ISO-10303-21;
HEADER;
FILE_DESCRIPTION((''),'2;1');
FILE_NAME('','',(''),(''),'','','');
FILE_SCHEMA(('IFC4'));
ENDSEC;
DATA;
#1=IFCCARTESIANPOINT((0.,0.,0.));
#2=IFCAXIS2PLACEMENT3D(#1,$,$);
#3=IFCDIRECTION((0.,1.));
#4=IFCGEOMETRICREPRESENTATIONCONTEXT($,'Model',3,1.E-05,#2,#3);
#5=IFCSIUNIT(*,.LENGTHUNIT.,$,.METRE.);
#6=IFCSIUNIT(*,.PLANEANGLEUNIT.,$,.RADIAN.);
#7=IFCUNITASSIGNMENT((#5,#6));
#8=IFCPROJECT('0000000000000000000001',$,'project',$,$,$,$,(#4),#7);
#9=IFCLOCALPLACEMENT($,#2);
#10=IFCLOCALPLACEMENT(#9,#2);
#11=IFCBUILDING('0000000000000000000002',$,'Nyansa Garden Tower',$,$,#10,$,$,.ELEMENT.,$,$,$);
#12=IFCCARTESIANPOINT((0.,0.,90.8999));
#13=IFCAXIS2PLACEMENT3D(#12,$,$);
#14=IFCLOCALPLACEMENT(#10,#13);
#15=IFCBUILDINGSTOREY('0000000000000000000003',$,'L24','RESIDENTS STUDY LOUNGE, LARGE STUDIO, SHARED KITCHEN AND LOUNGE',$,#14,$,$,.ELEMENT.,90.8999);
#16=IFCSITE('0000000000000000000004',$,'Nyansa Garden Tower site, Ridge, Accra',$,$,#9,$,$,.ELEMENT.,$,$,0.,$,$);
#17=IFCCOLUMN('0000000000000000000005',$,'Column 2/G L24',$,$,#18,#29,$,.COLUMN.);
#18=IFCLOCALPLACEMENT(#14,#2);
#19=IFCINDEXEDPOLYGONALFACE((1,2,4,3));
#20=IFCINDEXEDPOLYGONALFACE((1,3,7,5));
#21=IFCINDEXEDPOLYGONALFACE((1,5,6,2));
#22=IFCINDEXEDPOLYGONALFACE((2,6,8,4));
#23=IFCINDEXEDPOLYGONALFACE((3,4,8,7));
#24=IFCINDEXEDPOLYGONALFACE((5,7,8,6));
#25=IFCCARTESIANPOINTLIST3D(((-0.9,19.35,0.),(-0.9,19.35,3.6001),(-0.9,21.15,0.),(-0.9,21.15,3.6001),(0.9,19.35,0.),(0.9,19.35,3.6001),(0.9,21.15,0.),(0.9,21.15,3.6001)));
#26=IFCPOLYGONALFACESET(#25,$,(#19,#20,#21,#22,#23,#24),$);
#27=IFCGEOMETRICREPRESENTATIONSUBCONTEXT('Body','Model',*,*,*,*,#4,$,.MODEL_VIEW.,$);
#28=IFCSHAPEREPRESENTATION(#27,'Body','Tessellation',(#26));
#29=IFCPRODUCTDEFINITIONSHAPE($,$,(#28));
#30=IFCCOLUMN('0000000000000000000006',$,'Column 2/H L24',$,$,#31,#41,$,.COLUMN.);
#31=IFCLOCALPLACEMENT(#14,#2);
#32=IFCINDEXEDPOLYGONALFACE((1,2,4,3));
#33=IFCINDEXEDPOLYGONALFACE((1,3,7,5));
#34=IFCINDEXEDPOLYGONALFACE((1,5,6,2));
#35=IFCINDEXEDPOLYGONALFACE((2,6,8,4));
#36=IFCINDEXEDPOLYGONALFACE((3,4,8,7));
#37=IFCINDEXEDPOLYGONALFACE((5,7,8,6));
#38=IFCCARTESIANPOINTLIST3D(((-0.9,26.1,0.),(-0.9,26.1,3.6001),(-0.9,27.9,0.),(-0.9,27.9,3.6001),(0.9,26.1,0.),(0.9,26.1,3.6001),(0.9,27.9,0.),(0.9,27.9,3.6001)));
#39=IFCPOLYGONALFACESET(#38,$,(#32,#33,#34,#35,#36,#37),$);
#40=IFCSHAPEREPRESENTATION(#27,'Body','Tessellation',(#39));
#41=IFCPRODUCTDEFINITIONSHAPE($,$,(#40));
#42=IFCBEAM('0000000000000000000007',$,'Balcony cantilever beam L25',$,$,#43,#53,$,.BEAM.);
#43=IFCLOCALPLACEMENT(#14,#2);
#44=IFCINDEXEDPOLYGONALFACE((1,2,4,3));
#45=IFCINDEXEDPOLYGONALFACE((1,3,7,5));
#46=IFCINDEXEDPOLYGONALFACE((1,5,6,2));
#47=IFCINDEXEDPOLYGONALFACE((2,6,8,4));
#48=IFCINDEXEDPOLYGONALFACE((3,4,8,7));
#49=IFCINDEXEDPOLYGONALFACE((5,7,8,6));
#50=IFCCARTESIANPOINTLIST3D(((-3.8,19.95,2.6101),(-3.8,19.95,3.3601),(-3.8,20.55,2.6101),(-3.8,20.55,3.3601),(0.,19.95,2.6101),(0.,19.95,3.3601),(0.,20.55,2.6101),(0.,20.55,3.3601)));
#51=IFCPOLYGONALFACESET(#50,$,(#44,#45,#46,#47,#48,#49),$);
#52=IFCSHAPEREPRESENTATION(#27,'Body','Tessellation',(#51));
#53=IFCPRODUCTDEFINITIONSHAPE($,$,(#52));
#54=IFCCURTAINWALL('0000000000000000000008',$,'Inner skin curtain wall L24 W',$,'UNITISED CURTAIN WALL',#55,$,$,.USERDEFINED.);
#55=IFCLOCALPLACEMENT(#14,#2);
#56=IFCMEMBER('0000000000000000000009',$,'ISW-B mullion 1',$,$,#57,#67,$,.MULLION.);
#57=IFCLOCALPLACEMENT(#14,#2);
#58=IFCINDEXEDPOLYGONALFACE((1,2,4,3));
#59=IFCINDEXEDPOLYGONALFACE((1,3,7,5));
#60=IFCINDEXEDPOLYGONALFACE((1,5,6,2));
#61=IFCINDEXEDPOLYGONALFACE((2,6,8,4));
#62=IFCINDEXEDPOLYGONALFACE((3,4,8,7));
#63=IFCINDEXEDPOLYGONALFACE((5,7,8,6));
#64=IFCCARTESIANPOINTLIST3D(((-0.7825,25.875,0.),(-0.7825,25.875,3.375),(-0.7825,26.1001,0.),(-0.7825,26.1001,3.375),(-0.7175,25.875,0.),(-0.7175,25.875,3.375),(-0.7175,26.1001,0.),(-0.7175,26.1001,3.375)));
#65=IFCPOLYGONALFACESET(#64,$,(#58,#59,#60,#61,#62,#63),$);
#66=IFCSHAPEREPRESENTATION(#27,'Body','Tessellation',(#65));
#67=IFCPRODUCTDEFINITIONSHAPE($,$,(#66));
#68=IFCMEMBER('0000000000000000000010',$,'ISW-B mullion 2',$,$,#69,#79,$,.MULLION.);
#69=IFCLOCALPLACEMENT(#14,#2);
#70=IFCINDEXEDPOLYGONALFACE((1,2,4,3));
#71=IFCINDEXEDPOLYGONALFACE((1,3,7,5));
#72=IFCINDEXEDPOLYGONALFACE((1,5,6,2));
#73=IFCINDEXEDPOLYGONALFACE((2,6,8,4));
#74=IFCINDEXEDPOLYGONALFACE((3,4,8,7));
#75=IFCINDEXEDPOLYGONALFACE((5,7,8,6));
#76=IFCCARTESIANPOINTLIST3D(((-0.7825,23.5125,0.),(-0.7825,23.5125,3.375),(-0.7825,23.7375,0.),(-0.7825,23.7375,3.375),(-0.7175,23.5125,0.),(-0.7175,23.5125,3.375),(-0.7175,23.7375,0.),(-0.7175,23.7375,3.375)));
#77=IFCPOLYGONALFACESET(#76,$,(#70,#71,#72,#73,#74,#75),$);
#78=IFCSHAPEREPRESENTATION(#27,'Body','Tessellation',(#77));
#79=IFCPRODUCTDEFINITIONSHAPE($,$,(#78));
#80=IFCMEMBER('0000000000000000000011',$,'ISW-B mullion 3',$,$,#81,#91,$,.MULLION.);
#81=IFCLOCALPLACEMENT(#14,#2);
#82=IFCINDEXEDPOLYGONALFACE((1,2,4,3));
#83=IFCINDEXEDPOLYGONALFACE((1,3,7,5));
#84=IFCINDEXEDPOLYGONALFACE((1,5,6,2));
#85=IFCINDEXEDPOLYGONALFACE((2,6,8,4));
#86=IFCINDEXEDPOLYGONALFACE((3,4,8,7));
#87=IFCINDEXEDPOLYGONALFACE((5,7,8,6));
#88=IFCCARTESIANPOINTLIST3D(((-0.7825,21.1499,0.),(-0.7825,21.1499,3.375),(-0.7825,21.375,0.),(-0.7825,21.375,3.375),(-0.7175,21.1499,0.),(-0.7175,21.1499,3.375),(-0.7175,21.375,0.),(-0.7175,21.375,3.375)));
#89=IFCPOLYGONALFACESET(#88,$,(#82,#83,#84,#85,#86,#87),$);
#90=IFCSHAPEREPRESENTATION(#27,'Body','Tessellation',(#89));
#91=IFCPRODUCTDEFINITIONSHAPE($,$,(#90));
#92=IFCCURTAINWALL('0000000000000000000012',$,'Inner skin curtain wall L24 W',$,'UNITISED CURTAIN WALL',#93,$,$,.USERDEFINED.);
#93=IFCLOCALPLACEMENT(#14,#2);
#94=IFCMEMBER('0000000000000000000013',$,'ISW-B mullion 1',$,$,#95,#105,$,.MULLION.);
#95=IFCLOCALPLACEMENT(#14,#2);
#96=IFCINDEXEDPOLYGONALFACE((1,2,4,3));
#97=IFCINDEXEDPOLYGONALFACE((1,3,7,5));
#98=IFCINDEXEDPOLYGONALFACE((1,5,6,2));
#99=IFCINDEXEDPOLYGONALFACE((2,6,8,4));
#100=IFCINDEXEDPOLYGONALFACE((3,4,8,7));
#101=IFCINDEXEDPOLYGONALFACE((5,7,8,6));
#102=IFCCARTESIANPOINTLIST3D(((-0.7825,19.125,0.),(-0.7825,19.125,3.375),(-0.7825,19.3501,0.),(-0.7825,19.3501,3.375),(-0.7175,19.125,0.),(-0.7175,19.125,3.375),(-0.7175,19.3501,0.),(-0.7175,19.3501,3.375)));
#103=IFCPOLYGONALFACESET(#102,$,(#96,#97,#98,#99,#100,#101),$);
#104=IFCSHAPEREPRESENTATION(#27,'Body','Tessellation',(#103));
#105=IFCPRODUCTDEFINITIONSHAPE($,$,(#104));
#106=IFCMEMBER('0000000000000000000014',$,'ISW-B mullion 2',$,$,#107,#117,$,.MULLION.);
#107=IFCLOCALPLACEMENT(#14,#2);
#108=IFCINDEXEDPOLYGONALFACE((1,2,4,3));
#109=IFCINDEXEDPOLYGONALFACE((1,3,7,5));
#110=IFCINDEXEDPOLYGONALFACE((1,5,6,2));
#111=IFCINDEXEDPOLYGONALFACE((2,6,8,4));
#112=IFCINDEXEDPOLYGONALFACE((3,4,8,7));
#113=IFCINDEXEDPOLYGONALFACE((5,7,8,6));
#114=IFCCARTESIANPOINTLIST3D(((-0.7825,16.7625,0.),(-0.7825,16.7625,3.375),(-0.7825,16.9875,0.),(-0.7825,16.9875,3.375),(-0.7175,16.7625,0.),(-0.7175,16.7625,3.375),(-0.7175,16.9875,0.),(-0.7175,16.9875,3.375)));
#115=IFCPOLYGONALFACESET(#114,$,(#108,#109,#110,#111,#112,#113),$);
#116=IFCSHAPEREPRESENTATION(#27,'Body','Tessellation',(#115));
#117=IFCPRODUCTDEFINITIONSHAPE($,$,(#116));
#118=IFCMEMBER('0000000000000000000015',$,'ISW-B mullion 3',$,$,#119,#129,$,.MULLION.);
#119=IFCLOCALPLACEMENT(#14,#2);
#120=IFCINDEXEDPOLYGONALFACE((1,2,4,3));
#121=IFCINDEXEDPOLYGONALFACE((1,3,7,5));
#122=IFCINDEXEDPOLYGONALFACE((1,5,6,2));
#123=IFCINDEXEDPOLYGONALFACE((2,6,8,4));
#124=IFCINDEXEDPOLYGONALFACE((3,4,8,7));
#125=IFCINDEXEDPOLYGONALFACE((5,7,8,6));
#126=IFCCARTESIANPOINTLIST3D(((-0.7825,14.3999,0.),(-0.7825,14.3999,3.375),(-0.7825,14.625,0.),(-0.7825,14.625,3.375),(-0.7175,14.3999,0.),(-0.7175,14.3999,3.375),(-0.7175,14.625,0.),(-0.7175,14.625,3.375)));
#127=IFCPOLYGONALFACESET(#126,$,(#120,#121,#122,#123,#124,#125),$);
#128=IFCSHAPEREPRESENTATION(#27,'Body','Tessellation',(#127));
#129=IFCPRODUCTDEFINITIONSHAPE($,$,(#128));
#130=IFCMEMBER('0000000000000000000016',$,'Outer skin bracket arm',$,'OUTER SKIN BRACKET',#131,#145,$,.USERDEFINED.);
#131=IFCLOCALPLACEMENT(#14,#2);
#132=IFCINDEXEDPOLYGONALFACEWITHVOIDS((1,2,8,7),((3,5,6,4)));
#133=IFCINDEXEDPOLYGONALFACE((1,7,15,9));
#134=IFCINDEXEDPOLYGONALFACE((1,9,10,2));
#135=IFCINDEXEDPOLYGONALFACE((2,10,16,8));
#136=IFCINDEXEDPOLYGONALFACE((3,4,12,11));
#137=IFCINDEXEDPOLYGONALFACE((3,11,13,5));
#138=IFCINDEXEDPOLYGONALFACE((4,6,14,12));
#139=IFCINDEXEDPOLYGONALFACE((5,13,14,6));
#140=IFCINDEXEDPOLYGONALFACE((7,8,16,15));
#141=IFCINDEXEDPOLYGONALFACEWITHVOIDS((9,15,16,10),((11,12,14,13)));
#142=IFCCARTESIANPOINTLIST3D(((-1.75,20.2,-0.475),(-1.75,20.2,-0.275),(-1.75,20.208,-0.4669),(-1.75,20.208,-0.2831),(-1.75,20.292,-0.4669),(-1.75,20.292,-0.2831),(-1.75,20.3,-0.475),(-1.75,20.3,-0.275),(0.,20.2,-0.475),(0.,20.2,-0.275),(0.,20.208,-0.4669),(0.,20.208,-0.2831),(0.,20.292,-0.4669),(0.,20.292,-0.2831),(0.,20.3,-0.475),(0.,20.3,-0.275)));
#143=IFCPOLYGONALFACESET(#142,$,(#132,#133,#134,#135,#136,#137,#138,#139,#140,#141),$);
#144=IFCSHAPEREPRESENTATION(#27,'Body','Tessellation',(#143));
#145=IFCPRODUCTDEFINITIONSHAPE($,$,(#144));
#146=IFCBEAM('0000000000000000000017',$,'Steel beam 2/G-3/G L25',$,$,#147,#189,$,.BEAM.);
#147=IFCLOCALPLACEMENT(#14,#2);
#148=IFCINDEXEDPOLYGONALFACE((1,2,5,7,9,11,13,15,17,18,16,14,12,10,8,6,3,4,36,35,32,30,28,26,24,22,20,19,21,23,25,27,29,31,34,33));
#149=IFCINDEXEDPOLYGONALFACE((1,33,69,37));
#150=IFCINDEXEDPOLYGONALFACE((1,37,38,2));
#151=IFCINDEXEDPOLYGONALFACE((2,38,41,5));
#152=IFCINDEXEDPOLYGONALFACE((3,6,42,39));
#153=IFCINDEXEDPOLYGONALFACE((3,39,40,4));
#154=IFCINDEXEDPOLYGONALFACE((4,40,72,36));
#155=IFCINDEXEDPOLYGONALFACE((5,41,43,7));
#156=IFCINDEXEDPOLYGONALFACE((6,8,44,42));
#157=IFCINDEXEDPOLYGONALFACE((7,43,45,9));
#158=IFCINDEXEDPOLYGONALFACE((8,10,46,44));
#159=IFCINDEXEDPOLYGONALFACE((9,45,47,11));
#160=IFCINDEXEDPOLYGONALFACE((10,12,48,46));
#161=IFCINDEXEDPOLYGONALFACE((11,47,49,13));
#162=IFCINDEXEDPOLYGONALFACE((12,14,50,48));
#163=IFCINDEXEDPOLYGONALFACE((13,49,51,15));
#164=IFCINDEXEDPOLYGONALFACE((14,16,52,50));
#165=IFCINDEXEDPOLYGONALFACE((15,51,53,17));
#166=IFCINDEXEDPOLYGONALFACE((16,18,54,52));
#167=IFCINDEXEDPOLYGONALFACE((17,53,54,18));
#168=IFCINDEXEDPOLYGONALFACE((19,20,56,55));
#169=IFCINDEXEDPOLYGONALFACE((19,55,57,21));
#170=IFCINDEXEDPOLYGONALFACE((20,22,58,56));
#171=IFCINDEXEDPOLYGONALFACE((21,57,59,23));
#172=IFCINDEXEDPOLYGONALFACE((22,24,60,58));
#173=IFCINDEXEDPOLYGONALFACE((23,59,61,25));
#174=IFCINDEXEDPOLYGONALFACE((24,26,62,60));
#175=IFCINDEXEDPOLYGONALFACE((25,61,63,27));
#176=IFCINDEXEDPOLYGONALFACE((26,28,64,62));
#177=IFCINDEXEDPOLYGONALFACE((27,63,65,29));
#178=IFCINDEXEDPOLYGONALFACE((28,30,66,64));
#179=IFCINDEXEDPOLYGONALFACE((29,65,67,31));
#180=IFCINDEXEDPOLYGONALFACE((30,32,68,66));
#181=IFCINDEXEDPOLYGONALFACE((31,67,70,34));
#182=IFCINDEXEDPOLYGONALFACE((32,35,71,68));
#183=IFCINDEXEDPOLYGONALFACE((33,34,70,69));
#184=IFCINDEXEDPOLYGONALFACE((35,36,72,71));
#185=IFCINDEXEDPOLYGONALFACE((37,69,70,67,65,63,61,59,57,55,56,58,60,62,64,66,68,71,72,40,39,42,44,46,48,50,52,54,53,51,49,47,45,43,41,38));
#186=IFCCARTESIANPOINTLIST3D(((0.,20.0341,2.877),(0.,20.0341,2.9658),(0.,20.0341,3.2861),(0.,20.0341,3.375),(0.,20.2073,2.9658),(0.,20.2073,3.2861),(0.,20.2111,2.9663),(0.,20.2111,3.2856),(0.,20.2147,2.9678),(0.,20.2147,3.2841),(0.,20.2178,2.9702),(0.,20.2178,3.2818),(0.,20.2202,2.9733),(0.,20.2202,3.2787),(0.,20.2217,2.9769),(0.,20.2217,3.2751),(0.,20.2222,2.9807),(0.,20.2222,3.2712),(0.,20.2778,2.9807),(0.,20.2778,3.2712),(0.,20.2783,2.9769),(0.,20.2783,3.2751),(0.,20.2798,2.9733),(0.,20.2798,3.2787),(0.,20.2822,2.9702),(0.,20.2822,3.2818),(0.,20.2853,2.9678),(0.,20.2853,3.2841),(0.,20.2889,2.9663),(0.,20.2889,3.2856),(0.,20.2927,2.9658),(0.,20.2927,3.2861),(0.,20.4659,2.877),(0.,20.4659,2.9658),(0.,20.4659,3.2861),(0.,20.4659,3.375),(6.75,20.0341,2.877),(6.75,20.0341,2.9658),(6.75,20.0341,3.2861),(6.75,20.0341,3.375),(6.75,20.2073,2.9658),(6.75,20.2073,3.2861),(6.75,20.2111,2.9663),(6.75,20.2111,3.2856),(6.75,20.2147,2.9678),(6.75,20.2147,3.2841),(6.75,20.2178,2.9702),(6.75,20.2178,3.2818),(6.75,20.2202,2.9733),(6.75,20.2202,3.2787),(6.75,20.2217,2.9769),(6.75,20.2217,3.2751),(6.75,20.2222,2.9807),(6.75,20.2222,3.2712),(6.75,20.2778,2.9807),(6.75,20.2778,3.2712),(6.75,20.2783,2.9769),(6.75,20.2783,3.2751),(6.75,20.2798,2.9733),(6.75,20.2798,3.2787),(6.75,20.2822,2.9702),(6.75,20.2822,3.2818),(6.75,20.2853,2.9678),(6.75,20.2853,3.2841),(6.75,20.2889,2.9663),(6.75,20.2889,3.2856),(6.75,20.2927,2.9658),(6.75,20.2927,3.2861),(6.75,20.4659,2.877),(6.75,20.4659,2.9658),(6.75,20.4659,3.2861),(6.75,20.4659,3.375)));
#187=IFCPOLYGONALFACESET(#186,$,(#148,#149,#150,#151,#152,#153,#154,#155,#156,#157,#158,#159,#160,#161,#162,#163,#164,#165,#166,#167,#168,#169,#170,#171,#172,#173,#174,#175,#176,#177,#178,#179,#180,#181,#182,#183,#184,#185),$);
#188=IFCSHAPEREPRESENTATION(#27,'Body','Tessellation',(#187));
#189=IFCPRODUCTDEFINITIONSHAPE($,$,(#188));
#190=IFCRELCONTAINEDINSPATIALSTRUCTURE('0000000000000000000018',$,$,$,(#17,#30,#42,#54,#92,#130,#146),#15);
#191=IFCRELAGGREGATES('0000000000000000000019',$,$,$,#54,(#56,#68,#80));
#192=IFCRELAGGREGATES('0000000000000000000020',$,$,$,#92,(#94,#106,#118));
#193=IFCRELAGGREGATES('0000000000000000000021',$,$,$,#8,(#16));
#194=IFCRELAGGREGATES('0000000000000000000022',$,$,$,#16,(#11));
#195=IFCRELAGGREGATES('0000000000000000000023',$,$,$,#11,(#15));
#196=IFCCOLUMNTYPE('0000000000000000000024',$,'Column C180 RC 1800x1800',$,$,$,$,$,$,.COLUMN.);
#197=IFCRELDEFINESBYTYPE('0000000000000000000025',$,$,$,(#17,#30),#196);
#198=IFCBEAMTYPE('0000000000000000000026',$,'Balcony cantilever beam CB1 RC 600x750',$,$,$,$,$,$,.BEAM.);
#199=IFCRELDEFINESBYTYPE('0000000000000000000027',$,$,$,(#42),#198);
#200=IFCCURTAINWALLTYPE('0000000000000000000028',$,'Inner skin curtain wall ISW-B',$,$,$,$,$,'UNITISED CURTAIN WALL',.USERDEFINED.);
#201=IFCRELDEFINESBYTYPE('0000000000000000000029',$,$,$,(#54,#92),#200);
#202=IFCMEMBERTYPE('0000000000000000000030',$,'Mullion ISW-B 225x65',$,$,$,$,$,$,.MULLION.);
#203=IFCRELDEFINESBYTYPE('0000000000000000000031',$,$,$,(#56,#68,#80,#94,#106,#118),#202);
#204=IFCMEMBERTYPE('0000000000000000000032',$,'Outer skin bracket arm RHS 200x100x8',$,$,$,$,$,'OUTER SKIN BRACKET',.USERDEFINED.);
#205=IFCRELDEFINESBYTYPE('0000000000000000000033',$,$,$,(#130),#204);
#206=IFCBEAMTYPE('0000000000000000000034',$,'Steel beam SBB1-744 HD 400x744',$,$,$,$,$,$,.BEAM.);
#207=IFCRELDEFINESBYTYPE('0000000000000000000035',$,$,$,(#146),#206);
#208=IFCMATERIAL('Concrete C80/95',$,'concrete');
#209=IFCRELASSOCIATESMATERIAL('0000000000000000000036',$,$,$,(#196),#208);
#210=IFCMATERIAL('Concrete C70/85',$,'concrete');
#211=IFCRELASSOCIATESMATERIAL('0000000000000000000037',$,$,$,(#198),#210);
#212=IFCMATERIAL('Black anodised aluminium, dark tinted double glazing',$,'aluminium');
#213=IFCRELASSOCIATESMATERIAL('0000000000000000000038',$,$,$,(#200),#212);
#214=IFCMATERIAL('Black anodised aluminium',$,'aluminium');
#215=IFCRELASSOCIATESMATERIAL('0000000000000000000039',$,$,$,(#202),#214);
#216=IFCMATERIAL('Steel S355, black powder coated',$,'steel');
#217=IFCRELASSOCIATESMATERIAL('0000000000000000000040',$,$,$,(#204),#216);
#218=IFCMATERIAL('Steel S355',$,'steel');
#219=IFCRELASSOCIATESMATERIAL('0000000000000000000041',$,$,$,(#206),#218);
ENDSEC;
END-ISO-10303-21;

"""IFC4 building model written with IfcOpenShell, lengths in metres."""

from ifc_helpers import new_model, si_unit, direction, frame, origin, origin_2d, place, context, subcontext, project, spatial, rectangle, hollow_rectangle, i_section, extrude, material, material_profile, profile_set, type_object, element, aggregate, save


model = new_model("IFC4")

# Units and contexts
model_context = context("Model", 3, precision=1e-05, world=origin(), true_north=direction((0.0, 1.0)))
body_context = subcontext(model_context, "Body", "Model", "MODEL_VIEW")
ifc_project = project(units=[si_unit("LENGTHUNIT", "METRE"), si_unit("PLANEANGLEUNIT", "RADIAN")], contexts=[model_context])

# Site, building, storey
site_placement = place(None, origin())
site = spatial("IfcSite", under=ifc_project, at=site_placement, Name="Nyansa Garden Tower site, Ridge, Accra", CompositionType="ELEMENT", RefElevation=0.0)
building_placement = place(site_placement, origin())
building = spatial("IfcBuilding", under=site, at=building_placement, Name="Nyansa Garden Tower", CompositionType="ELEMENT")
storey_placement = place(building_placement, frame((0.0, 0.0, 90.8999)))
storey = spatial("IfcBuildingStorey", under=building, at=storey_placement, Name="L24", Description="RESIDENTS STUDY LOUNGE, LARGE STUDIO, SHARED KITCHEN AND LOUNGE", CompositionType="ELEMENT", Elevation=90.8999)

# Columns
ifc_material_1 = material(Name="Concrete C80/95", Category="concrete")
ifc_material_profile_1 = material_profile(ifc_material_1, rectangle(XDim=1.8, YDim=1.8, at=origin_2d()), Name="RC 1800x1800")
ifc_profile_set_1 = profile_set([ifc_material_profile_1], Name="Concrete C80/95")
column_type = type_object("IfcColumnType", Name="Column C180 RC 1800x1800", PredefinedType="COLUMN", material=ifc_profile_set_1)
for number, where, z_axis, x_axis, name in (
    (1, (0.0, 20.25, 0.0), (0.0, 0.0, 1.0), (1.0, 0.0, 0.0), "Column 2/G L24"),
    (2, (0.0, 27.0, 0.0), (0.0, 0.0, 1.0), (1.0, 0.0, 0.0), "Column 2/H L24"),
):
    element("IfcColumn", number, at=place(storey_placement, frame(where, z_axis=z_axis, x_axis=x_axis)), inside=storey, type_object=column_type, Name=name, PredefinedType="COLUMN", context=body_context, shape_type="SweptSolid", body=[
        extrude(rectangle(XDim=1.8, YDim=1.8, at=origin_2d()), origin(), (0.0, 0.0, 1.0), 3.6001),
    ])

# Beam
ifc_material_2 = material(Name="Concrete C70/85", Category="concrete")
ifc_material_profile_2 = material_profile(ifc_material_2, rectangle(XDim=0.6001, YDim=0.75, at=origin_2d()), Name="RC 600x750")
ifc_profile_set_2 = profile_set([ifc_material_profile_2], Name="Concrete C70/85")
beam_type_1 = type_object("IfcBeamType", Name="Balcony cantilever beam CB1 RC 600x750", PredefinedType="BEAM", material=ifc_profile_set_2)
beam_1_placement = place(storey_placement, frame((0.0, 20.25, 2.9851), z_axis=(-1.0, 0.0, 0.0), x_axis=(0.0, -1.0, 0.0)))
element("IfcBeam", 3, at=beam_1_placement, inside=storey, type_object=beam_type_1, Name="Balcony cantilever beam L25", PredefinedType="BEAM", context=body_context, shape_type="SweptSolid", body=[
    extrude(rectangle(XDim=0.6001, YDim=0.75, at=origin_2d()), origin(), (0.0, 0.0, 1.0), 3.8),
])

# Curtain walls, members
ifc_material_3 = material(Name="Black anodised aluminium, dark tinted double glazing", Category="aluminium")
curtain_wall_type = type_object("IfcCurtainWallType", Name="Inner skin curtain wall ISW-B", ElementType="UNITISED CURTAIN WALL", PredefinedType="USERDEFINED", material=ifc_material_3)
curtain_wall_1_placement = place(storey_placement, origin())
curtain_wall_1 = element("IfcCurtainWall", 4, at=curtain_wall_1_placement, inside=storey, type_object=curtain_wall_type, Name="Inner skin curtain wall L24 W", ObjectType="UNITISED CURTAIN WALL", PredefinedType="USERDEFINED")
ifc_material_4 = material(Name="Black anodised aluminium", Category="aluminium")
ifc_material_profile_3 = material_profile(ifc_material_4, rectangle(XDim=0.0649, YDim=0.2251, at=origin_2d()), Name="Mullion 225x65")
ifc_profile_set_3 = profile_set([ifc_material_profile_3], Name="Black anodised aluminium")
member_type_1 = type_object("IfcMemberType", Name="Mullion ISW-B 225x65", PredefinedType="MULLION", material=ifc_profile_set_3)
member_1_placement = place(storey_placement, frame((-0.75, 25.9875, 0.0), z_axis=(0.0, 0.0, 1.0), x_axis=(1.0, 0.0, 0.0)))
member_1 = element("IfcMember", 5, at=member_1_placement, type_object=member_type_1, Name="ISW-B mullion 1", PredefinedType="MULLION", context=body_context, shape_type="SweptSolid", body=[
    extrude(rectangle(XDim=0.0649, YDim=0.2251, at=origin_2d()), origin(), (0.0, 0.0, 1.0), 3.375),
])
member_2_placement = place(storey_placement, frame((-0.75, 23.625, 0.0), z_axis=(0.0, 0.0, 1.0), x_axis=(1.0, 0.0, 0.0)))
member_2 = element("IfcMember", 6, at=member_2_placement, type_object=member_type_1, Name="ISW-B mullion 2", PredefinedType="MULLION", context=body_context, shape_type="SweptSolid", body=[
    extrude(rectangle(XDim=0.0649, YDim=0.2251, at=origin_2d()), origin(), (0.0, 0.0, 1.0), 3.375),
])
member_3_placement = place(storey_placement, frame((-0.75, 21.2625, 0.0), z_axis=(0.0, 0.0, 1.0), x_axis=(1.0, 0.0, 0.0)))
member_3 = element("IfcMember", 7, at=member_3_placement, type_object=member_type_1, Name="ISW-B mullion 3", PredefinedType="MULLION", context=body_context, shape_type="SweptSolid", body=[
    extrude(rectangle(XDim=0.0649, YDim=0.2251, at=origin_2d()), origin(), (0.0, 0.0, 1.0), 3.375),
])
curtain_wall_2_placement = place(storey_placement, origin())
curtain_wall_2 = element("IfcCurtainWall", 8, at=curtain_wall_2_placement, inside=storey, type_object=curtain_wall_type, Name="Inner skin curtain wall L24 W", ObjectType="UNITISED CURTAIN WALL", PredefinedType="USERDEFINED")
member_4_placement = place(storey_placement, frame((-0.75, 19.2375, 0.0), z_axis=(0.0, 0.0, 1.0), x_axis=(1.0, 0.0, 0.0)))
member_4 = element("IfcMember", 9, at=member_4_placement, type_object=member_type_1, Name="ISW-B mullion 1", PredefinedType="MULLION", context=body_context, shape_type="SweptSolid", body=[
    extrude(rectangle(XDim=0.0649, YDim=0.2251, at=origin_2d()), origin(), (0.0, 0.0, 1.0), 3.375),
])
member_5_placement = place(storey_placement, frame((-0.75, 16.875, 0.0), z_axis=(0.0, 0.0, 1.0), x_axis=(1.0, 0.0, 0.0)))
member_5 = element("IfcMember", 10, at=member_5_placement, type_object=member_type_1, Name="ISW-B mullion 2", PredefinedType="MULLION", context=body_context, shape_type="SweptSolid", body=[
    extrude(rectangle(XDim=0.0649, YDim=0.2251, at=origin_2d()), origin(), (0.0, 0.0, 1.0), 3.375),
])
member_6_placement = place(storey_placement, frame((-0.75, 14.5125, 0.0), z_axis=(0.0, 0.0, 1.0), x_axis=(1.0, 0.0, 0.0)))
member_6 = element("IfcMember", 11, at=member_6_placement, type_object=member_type_1, Name="ISW-B mullion 3", PredefinedType="MULLION", context=body_context, shape_type="SweptSolid", body=[
    extrude(rectangle(XDim=0.0649, YDim=0.2251, at=origin_2d()), origin(), (0.0, 0.0, 1.0), 3.375),
])

# Member
ifc_material_5 = material(Name="Steel S355, black powder coated", Category="steel")
ifc_material_profile_4 = material_profile(ifc_material_5, hollow_rectangle(XDim=0.1001, YDim=0.2, WallThickness=0.0081, at=origin_2d()), Name="RHS 200x100x8")
ifc_profile_set_4 = profile_set([ifc_material_profile_4], Name="Steel S355, black powder coated")
member_type_2 = type_object("IfcMemberType", Name="Outer skin bracket arm RHS 200x100x8", ElementType="OUTER SKIN BRACKET", PredefinedType="USERDEFINED", material=ifc_profile_set_4)
member_7_placement = place(storey_placement, frame((0.0, 20.25, -0.375), z_axis=(-1.0, 0.0, 0.0), x_axis=(0.0, -1.0, 0.0)))
element("IfcMember", 12, at=member_7_placement, inside=storey, type_object=member_type_2, Name="Outer skin bracket arm", ObjectType="OUTER SKIN BRACKET", PredefinedType="USERDEFINED", context=body_context, shape_type="SweptSolid", body=[
    extrude(hollow_rectangle(XDim=0.1001, YDim=0.2, WallThickness=0.0081, at=origin_2d()), origin(), (0.0, 0.0, 1.0), 1.75),
])

# Beam
ifc_material_6 = material(Name="Steel S355", Category="steel")
ifc_material_profile_5 = material_profile(ifc_material_6, i_section(OverallWidth=0.4319, OverallDepth=0.498, WebThickness=0.0557, FlangeThickness=0.0889, FilletRadius=0.0149, at=origin_2d()), Name="HD 400x744")
ifc_profile_set_5 = profile_set([ifc_material_profile_5], Name="Steel S355")
beam_type_2 = type_object("IfcBeamType", Name="Steel beam SBB1-744 HD 400x744", PredefinedType="BEAM", material=ifc_profile_set_5)
beam_2_placement = place(storey_placement, frame((0.0, 20.25, 3.126), z_axis=(1.0, 0.0, 0.0), x_axis=(0.0, 1.0, 0.0)))
element("IfcBeam", 13, at=beam_2_placement, inside=storey, type_object=beam_type_2, Name="Steel beam 2/G-3/G L25", PredefinedType="BEAM", context=body_context, shape_type="SweptSolid", body=[
    extrude(i_section(OverallWidth=0.4319, OverallDepth=0.498, WebThickness=0.0557, FlangeThickness=0.0889, FilletRadius=0.0149, at=origin_2d()), origin(), (0.0, 0.0, 1.0), 6.75),
])

aggregate(curtain_wall_1, [member_1, member_2, member_3])
aggregate(curtain_wall_2, [member_4, member_5, member_6])

save(model, "model.ifc")
